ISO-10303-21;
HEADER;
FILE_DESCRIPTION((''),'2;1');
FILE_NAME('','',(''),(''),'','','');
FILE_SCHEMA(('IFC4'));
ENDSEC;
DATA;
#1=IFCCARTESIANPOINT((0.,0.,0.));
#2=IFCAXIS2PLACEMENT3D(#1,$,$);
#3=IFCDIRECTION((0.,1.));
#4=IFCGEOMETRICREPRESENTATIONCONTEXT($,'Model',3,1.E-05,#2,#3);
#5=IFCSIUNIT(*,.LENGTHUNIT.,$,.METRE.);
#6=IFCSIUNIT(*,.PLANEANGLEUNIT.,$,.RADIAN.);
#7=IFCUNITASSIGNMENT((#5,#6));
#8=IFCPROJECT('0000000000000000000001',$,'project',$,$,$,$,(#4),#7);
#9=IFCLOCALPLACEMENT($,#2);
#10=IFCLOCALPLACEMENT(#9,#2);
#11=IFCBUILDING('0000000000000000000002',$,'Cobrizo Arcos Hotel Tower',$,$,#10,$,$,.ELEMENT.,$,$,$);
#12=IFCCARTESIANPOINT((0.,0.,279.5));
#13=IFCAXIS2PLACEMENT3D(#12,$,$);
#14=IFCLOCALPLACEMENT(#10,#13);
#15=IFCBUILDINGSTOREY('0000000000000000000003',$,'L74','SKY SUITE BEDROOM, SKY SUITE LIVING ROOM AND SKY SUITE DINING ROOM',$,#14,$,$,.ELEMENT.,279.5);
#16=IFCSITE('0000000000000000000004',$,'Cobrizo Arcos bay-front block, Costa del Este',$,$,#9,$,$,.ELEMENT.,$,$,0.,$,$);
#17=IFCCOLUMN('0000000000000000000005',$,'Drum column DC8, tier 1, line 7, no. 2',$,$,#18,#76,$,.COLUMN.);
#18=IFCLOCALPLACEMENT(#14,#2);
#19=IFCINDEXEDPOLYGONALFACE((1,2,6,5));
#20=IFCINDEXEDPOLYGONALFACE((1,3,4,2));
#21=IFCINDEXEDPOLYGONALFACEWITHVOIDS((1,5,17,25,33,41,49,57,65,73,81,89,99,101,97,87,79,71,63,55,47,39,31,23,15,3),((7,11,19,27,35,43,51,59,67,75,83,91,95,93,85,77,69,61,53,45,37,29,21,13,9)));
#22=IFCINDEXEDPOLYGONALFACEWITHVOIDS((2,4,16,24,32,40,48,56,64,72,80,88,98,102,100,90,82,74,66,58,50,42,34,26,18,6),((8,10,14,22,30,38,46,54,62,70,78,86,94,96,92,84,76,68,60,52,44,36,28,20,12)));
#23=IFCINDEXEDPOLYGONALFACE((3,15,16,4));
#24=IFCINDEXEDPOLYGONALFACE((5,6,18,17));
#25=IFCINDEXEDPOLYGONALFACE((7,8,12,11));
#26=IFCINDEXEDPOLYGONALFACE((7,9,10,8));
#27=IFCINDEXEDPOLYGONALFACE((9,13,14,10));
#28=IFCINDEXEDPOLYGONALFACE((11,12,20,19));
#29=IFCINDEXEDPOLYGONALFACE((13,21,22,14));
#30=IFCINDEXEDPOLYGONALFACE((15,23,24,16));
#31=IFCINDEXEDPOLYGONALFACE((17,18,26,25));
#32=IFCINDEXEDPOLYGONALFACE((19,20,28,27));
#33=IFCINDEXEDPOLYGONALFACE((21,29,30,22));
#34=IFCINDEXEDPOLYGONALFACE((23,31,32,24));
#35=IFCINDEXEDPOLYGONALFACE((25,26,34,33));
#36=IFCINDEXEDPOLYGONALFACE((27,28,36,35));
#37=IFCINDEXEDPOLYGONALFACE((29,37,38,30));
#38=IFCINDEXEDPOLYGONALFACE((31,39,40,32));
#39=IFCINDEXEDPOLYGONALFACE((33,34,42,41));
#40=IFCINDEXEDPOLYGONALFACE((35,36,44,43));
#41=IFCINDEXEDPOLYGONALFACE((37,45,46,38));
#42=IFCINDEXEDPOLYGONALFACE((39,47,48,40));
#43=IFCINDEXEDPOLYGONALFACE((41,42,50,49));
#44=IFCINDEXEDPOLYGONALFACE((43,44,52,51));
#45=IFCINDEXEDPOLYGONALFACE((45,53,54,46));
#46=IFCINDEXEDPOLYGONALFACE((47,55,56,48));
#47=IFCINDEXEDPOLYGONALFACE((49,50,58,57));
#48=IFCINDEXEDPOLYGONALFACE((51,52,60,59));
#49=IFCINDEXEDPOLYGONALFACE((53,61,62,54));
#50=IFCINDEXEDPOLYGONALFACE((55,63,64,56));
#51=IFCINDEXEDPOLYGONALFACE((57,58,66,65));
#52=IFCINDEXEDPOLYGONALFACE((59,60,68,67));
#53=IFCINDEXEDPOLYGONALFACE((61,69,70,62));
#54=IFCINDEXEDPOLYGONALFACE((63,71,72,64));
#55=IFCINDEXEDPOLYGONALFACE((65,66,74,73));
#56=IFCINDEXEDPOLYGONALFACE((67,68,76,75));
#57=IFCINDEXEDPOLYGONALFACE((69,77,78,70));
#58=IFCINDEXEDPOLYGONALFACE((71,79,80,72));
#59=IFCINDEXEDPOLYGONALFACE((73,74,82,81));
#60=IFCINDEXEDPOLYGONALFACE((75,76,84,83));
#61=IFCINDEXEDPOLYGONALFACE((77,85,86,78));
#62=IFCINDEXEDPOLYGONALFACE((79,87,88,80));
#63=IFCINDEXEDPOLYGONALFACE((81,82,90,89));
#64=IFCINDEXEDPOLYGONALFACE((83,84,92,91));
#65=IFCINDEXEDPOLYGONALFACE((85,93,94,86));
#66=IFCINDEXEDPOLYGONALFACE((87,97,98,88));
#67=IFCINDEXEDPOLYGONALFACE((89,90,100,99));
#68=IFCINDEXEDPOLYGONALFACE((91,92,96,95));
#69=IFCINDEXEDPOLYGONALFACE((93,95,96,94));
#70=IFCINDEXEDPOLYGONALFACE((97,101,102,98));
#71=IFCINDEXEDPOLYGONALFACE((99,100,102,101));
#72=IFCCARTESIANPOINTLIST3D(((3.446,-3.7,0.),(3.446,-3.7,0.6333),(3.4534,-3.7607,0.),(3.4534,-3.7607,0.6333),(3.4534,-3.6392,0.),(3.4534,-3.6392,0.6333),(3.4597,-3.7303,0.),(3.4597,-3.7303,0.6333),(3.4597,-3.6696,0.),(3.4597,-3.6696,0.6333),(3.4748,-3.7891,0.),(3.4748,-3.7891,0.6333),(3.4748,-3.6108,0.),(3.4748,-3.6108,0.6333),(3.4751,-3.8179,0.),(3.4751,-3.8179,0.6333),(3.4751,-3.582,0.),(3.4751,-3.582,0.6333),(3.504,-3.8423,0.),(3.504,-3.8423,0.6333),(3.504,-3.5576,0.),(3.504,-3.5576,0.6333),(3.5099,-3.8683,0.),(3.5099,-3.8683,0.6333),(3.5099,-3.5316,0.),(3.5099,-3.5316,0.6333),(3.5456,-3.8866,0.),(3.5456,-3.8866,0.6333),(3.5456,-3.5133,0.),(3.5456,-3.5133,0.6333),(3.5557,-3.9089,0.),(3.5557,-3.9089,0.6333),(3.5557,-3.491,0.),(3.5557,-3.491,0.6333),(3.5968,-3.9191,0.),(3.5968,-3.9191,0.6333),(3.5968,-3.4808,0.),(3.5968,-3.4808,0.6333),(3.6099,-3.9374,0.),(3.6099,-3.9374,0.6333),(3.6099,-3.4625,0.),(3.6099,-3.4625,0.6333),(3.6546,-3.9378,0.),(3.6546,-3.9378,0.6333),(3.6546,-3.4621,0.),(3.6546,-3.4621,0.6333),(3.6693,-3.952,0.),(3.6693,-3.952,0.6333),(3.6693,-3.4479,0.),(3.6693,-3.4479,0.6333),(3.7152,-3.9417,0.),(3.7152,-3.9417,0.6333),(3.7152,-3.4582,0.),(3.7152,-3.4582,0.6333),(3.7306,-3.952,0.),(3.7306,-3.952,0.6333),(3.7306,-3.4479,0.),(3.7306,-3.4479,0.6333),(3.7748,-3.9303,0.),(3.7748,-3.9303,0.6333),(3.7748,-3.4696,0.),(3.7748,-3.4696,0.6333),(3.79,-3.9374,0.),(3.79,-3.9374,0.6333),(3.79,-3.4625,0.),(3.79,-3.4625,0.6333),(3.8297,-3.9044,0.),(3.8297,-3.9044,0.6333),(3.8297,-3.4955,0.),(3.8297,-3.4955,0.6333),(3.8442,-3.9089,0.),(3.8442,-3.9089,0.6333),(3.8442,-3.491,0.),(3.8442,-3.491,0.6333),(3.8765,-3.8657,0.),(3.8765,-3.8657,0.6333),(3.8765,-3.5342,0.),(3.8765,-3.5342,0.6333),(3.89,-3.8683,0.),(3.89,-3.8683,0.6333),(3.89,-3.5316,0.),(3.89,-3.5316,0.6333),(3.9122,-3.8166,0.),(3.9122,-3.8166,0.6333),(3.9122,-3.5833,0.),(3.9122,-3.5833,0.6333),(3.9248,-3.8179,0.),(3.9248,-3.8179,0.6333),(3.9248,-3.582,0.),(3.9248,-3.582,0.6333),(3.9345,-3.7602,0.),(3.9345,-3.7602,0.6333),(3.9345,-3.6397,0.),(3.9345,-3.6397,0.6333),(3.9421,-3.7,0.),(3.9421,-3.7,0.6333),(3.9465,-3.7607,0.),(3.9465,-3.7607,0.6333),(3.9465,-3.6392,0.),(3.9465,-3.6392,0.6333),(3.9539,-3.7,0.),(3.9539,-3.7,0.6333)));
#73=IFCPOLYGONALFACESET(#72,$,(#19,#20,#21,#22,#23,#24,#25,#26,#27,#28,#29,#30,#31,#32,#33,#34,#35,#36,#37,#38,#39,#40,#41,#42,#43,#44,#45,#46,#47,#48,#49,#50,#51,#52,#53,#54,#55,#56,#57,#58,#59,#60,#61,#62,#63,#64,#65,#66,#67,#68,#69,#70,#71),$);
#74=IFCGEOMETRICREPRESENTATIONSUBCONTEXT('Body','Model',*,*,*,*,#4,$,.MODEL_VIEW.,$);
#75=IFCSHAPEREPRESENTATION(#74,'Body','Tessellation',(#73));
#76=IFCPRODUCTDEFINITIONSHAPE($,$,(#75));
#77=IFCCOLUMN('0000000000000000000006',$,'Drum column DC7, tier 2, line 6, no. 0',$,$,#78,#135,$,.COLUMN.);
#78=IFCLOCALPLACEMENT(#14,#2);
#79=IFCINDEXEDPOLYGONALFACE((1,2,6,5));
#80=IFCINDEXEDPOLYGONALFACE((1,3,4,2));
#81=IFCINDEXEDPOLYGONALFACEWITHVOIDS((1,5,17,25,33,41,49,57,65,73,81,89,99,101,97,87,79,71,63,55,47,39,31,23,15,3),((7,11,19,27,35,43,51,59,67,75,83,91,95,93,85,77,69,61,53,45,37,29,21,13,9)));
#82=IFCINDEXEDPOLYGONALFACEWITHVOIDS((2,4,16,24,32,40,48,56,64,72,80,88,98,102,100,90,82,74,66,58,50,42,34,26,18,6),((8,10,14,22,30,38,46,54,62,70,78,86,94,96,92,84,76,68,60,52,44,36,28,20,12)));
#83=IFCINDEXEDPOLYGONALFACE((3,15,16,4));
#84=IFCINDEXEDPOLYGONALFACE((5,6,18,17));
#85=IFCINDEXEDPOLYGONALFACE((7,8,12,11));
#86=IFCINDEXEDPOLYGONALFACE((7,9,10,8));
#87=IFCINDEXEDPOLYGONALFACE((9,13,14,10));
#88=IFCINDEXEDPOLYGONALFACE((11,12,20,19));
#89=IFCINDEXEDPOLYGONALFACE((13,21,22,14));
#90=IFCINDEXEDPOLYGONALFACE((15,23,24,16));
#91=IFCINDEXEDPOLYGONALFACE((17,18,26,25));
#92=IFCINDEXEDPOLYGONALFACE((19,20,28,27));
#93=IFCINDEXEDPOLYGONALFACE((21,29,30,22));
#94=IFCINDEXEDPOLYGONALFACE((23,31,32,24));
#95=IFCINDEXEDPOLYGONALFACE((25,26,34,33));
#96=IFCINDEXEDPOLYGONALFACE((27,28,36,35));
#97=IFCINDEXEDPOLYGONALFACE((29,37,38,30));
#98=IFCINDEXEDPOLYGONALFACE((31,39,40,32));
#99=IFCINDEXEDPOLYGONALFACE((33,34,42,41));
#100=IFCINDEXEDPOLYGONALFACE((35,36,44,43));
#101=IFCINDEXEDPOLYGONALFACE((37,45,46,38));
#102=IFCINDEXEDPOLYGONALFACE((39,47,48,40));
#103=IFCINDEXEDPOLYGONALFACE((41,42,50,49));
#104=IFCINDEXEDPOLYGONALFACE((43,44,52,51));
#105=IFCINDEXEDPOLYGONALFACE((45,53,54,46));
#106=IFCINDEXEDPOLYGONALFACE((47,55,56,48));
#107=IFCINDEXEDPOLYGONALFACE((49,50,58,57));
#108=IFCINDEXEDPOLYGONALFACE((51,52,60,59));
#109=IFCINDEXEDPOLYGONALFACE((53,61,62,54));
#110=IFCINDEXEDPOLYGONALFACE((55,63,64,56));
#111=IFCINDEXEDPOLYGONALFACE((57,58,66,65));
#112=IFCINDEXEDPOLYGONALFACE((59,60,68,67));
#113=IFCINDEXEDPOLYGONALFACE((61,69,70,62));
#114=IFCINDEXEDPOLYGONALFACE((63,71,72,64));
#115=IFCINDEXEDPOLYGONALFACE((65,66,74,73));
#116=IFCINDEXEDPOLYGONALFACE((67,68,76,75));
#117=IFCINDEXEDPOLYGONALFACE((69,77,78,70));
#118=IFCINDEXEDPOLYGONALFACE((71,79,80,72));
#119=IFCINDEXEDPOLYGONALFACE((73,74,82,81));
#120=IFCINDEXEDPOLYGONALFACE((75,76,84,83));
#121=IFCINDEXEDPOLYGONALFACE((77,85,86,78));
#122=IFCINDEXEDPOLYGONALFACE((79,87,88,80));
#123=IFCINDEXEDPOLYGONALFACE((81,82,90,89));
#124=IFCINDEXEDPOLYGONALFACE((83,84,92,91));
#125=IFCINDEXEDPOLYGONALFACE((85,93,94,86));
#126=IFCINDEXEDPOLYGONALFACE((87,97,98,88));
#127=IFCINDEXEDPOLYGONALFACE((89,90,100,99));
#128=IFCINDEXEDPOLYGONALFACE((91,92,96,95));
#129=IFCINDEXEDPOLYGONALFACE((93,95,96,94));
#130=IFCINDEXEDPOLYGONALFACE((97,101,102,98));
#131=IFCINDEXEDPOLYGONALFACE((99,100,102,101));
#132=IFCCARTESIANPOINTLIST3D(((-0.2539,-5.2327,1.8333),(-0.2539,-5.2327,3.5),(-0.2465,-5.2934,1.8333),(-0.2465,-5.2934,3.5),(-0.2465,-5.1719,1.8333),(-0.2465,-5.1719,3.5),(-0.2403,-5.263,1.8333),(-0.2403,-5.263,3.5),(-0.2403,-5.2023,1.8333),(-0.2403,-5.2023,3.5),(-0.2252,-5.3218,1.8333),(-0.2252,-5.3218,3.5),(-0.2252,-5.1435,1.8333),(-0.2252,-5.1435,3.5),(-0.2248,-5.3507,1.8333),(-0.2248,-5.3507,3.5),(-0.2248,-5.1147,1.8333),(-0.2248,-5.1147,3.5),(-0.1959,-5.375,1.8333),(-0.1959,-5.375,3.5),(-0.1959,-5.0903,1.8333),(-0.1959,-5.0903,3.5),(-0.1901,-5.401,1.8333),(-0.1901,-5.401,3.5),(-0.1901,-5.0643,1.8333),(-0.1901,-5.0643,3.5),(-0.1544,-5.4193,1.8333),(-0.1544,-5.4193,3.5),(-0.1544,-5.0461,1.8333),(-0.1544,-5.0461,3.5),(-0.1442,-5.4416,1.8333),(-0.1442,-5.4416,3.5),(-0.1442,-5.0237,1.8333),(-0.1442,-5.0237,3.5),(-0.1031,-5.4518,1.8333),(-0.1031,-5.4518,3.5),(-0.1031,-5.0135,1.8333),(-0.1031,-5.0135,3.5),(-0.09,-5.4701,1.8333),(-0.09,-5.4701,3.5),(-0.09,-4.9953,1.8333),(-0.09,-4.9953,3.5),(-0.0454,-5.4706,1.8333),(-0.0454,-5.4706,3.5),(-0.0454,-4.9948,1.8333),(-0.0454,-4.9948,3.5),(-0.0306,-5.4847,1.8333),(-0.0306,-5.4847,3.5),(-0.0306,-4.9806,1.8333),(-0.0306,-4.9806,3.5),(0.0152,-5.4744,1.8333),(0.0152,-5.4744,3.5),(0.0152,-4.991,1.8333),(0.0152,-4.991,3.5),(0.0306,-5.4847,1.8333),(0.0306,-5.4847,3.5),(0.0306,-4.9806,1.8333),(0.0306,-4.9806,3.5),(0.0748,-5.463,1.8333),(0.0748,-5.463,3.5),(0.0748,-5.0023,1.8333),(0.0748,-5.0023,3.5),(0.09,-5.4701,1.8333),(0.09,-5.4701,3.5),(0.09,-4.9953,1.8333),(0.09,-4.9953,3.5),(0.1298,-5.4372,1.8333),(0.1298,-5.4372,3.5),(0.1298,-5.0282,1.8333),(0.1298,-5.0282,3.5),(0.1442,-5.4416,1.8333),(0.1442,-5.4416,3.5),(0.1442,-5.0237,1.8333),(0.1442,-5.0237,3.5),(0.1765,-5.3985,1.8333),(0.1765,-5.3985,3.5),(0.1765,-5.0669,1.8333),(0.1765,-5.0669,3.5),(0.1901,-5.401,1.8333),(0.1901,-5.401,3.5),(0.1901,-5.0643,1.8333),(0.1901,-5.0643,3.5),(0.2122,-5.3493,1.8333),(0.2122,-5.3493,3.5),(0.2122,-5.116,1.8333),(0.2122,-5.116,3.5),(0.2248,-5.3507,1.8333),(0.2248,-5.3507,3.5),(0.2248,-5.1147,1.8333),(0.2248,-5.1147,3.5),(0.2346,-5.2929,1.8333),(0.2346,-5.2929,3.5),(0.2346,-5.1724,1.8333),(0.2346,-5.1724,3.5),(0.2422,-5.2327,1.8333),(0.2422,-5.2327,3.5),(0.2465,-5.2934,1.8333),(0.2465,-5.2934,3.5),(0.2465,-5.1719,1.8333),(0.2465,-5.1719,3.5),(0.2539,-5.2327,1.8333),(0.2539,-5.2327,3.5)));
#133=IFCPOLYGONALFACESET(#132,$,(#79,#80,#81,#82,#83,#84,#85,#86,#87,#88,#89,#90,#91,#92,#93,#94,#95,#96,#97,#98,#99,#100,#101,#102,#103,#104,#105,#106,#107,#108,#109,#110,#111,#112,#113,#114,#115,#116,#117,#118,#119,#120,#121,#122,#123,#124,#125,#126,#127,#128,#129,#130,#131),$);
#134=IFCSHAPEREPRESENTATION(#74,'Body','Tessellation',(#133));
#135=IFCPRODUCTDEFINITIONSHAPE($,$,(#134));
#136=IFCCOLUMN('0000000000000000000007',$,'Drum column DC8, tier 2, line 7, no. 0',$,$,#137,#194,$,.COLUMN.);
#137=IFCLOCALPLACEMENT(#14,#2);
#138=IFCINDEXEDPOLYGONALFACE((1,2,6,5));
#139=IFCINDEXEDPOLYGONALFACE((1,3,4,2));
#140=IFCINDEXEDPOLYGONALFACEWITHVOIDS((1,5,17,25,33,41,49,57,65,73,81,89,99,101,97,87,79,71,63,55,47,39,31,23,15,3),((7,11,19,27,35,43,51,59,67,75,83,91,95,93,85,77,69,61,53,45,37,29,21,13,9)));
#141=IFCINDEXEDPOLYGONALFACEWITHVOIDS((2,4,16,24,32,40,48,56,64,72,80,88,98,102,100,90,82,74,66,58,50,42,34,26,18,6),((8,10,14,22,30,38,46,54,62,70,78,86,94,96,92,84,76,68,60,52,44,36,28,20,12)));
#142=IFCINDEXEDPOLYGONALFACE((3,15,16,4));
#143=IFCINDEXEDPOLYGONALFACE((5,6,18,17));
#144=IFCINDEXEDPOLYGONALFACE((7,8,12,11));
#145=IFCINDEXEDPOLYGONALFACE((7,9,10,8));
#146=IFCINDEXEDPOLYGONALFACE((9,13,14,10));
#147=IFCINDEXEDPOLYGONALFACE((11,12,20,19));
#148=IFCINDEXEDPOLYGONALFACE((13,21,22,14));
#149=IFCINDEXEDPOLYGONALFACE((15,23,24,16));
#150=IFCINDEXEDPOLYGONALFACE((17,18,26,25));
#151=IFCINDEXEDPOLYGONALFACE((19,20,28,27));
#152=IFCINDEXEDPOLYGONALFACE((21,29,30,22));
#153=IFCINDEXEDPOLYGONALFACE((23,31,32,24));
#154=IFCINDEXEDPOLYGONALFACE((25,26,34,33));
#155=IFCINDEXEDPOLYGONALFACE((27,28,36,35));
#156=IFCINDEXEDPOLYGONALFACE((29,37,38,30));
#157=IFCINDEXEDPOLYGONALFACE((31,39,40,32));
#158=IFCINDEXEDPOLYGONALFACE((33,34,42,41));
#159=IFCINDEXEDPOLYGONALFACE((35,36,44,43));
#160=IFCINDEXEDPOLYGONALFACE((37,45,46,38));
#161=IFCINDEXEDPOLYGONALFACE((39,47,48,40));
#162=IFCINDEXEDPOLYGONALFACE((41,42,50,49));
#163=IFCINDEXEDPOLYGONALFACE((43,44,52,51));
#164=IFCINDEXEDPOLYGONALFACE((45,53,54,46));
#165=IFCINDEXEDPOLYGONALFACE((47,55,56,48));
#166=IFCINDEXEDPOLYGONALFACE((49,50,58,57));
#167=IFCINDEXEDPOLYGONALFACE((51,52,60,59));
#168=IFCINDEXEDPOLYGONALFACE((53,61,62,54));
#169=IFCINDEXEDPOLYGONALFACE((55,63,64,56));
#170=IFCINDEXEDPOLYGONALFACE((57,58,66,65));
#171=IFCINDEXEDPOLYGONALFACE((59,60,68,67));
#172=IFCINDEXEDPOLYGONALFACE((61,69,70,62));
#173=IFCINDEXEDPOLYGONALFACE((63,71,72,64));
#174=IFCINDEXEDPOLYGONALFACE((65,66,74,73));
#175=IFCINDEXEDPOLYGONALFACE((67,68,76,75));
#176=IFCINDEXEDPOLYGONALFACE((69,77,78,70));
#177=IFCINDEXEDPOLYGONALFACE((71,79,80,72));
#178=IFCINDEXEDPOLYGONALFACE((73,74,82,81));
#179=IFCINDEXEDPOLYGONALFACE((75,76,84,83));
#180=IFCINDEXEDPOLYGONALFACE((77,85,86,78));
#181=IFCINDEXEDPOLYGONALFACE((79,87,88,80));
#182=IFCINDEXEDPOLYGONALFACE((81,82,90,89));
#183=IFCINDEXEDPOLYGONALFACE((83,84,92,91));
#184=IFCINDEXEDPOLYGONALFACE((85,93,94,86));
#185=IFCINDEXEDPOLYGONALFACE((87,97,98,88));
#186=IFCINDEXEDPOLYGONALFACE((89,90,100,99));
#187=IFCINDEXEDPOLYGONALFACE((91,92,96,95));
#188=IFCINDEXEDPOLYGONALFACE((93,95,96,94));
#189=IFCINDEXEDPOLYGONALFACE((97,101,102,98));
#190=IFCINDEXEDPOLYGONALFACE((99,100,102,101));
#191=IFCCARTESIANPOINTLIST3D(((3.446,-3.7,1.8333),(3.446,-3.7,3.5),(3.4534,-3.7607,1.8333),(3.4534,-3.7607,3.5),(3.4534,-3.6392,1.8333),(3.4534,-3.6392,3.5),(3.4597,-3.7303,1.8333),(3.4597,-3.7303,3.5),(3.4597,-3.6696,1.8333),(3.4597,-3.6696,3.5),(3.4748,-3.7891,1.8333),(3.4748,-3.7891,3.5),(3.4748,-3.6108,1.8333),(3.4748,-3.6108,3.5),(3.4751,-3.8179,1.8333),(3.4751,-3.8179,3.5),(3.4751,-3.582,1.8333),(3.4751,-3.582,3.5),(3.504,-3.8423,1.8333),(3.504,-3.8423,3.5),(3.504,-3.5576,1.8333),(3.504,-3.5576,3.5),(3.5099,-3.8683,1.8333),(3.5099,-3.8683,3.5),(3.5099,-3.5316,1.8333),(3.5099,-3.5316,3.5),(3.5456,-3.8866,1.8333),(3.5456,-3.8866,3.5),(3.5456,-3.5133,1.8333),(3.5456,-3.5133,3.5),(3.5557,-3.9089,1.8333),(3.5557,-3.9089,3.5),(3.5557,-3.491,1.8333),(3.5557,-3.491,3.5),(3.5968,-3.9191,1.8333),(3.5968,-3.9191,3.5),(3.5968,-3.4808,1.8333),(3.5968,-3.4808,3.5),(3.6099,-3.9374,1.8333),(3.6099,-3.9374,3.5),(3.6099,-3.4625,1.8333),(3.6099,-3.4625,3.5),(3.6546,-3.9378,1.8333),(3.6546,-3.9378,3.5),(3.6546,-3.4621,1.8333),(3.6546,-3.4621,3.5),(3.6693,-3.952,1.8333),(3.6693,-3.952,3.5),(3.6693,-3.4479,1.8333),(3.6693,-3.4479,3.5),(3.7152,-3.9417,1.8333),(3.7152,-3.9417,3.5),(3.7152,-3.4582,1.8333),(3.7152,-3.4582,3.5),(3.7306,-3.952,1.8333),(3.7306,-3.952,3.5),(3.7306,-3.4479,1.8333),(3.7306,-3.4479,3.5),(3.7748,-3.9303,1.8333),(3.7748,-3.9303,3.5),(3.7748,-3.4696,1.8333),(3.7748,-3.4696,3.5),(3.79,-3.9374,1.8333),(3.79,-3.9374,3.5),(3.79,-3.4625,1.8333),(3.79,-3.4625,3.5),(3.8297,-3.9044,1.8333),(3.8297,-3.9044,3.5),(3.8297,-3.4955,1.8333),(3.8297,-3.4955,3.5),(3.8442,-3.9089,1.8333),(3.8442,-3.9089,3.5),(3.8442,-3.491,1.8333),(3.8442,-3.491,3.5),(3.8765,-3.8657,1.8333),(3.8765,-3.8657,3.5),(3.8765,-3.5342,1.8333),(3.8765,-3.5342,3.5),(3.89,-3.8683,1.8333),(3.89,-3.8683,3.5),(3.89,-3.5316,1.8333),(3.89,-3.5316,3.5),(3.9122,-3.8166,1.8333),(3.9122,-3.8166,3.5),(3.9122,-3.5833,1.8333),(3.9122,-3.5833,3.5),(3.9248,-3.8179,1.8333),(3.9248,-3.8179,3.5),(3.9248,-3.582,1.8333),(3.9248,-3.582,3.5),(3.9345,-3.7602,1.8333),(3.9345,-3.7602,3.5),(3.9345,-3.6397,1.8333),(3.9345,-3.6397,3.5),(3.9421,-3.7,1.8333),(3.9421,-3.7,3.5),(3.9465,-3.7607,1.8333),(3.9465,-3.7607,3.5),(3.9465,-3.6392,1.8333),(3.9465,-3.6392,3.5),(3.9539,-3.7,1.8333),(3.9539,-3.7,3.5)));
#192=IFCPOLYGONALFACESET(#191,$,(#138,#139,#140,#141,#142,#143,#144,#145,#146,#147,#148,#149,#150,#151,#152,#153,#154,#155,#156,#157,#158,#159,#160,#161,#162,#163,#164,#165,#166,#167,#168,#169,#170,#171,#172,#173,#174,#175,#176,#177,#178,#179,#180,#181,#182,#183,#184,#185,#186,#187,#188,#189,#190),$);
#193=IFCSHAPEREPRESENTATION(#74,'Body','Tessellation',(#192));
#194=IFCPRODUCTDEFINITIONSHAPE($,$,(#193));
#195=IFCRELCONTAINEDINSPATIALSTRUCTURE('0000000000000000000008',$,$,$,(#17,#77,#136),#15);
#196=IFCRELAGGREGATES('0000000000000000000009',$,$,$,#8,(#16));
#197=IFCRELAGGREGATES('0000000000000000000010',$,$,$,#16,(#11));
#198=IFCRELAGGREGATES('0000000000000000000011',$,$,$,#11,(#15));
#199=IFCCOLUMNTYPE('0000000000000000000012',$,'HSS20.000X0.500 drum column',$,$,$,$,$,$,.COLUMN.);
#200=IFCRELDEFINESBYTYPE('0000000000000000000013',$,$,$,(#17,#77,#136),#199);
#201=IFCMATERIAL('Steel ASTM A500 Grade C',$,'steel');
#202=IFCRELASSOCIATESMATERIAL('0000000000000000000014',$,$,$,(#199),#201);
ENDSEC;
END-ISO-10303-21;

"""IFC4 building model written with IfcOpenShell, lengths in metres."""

from ifc_helpers import new_model, si_unit, direction, frame, origin, origin_2d, place, context, subcontext, project, spatial, hollow_circle, extrude, material, material_profile, profile_set, type_object, element, save


model = new_model("IFC4")

# Units and contexts
model_context = context("Model", 3, precision=1e-05, world=origin(), true_north=direction((0.0, 1.0)))
body_context = subcontext(model_context, "Body", "Model", "MODEL_VIEW")
ifc_project = project(units=[si_unit("LENGTHUNIT", "METRE"), si_unit("PLANEANGLEUNIT", "RADIAN")], contexts=[model_context])

# Site, building, storey
site_placement = place(None, origin())
site = spatial("IfcSite", under=ifc_project, at=site_placement, Name="Cobrizo Arcos bay-front block, Costa del Este", CompositionType="ELEMENT", RefElevation=0.0)
building_placement = place(site_placement, origin())
building = spatial("IfcBuilding", under=site, at=building_placement, Name="Cobrizo Arcos Hotel Tower", CompositionType="ELEMENT")
storey_placement = place(building_placement, frame((0.0, 0.0, 279.5)))
storey = spatial("IfcBuildingStorey", under=building, at=storey_placement, Name="L74", Description="SKY SUITE BEDROOM, SKY SUITE LIVING ROOM AND SKY SUITE DINING ROOM", CompositionType="ELEMENT", Elevation=279.5)

# Columns
ifc_material_1 = material(Name="Steel ASTM A500 Grade C", Category="steel")
ifc_material_profile_1 = material_profile(ifc_material_1, hollow_circle(Radius=0.2539, WallThickness=0.0117, at=origin_2d()), Name="HSS20.000X0.500")
ifc_profile_set_1 = profile_set([ifc_material_profile_1], Name="Steel ASTM A500 Grade C")
column_type = type_object("IfcColumnType", Name="HSS20.000X0.500 drum column", PredefinedType="COLUMN", material=ifc_profile_set_1)
column_placement = place(storey_placement, frame((3.7, -3.7, 0.0), z_axis=(0.0, 0.0, 1.0), x_axis=(1.0, 0.0, 0.0)))
element("IfcColumn", 1, at=column_placement, inside=storey, type_object=column_type, Name="Drum column DC8, tier 1, line 7, no. 2", PredefinedType="COLUMN", context=body_context, shape_type="SweptSolid", body=[
    extrude(hollow_circle(Radius=0.2539, WallThickness=0.0117, at=origin_2d()), origin(), (0.0, 0.0, 1.0), 0.6333),
])
for number, where, z_axis, x_axis, name in (
    (2, (0.0, -5.2327, 1.8333), (0.0, 0.0, 1.0), (1.0, 0.0, 0.0), "Drum column DC7, tier 2, line 6, no. 0"),
    (3, (3.7, -3.7, 1.8333), (0.0, 0.0, 1.0), (1.0, 0.0, 0.0), "Drum column DC8, tier 2, line 7, no. 0"),
):
    element("IfcColumn", number, at=place(storey_placement, frame(where, z_axis=z_axis, x_axis=x_axis)), inside=storey, type_object=column_type, Name=name, PredefinedType="COLUMN", context=body_context, shape_type="SweptSolid", body=[
        extrude(hollow_circle(Radius=0.2539, WallThickness=0.0117, at=origin_2d()), origin(), (0.0, 0.0, 1.0), 1.6667),
    ])

save(model, "model.ifc")
